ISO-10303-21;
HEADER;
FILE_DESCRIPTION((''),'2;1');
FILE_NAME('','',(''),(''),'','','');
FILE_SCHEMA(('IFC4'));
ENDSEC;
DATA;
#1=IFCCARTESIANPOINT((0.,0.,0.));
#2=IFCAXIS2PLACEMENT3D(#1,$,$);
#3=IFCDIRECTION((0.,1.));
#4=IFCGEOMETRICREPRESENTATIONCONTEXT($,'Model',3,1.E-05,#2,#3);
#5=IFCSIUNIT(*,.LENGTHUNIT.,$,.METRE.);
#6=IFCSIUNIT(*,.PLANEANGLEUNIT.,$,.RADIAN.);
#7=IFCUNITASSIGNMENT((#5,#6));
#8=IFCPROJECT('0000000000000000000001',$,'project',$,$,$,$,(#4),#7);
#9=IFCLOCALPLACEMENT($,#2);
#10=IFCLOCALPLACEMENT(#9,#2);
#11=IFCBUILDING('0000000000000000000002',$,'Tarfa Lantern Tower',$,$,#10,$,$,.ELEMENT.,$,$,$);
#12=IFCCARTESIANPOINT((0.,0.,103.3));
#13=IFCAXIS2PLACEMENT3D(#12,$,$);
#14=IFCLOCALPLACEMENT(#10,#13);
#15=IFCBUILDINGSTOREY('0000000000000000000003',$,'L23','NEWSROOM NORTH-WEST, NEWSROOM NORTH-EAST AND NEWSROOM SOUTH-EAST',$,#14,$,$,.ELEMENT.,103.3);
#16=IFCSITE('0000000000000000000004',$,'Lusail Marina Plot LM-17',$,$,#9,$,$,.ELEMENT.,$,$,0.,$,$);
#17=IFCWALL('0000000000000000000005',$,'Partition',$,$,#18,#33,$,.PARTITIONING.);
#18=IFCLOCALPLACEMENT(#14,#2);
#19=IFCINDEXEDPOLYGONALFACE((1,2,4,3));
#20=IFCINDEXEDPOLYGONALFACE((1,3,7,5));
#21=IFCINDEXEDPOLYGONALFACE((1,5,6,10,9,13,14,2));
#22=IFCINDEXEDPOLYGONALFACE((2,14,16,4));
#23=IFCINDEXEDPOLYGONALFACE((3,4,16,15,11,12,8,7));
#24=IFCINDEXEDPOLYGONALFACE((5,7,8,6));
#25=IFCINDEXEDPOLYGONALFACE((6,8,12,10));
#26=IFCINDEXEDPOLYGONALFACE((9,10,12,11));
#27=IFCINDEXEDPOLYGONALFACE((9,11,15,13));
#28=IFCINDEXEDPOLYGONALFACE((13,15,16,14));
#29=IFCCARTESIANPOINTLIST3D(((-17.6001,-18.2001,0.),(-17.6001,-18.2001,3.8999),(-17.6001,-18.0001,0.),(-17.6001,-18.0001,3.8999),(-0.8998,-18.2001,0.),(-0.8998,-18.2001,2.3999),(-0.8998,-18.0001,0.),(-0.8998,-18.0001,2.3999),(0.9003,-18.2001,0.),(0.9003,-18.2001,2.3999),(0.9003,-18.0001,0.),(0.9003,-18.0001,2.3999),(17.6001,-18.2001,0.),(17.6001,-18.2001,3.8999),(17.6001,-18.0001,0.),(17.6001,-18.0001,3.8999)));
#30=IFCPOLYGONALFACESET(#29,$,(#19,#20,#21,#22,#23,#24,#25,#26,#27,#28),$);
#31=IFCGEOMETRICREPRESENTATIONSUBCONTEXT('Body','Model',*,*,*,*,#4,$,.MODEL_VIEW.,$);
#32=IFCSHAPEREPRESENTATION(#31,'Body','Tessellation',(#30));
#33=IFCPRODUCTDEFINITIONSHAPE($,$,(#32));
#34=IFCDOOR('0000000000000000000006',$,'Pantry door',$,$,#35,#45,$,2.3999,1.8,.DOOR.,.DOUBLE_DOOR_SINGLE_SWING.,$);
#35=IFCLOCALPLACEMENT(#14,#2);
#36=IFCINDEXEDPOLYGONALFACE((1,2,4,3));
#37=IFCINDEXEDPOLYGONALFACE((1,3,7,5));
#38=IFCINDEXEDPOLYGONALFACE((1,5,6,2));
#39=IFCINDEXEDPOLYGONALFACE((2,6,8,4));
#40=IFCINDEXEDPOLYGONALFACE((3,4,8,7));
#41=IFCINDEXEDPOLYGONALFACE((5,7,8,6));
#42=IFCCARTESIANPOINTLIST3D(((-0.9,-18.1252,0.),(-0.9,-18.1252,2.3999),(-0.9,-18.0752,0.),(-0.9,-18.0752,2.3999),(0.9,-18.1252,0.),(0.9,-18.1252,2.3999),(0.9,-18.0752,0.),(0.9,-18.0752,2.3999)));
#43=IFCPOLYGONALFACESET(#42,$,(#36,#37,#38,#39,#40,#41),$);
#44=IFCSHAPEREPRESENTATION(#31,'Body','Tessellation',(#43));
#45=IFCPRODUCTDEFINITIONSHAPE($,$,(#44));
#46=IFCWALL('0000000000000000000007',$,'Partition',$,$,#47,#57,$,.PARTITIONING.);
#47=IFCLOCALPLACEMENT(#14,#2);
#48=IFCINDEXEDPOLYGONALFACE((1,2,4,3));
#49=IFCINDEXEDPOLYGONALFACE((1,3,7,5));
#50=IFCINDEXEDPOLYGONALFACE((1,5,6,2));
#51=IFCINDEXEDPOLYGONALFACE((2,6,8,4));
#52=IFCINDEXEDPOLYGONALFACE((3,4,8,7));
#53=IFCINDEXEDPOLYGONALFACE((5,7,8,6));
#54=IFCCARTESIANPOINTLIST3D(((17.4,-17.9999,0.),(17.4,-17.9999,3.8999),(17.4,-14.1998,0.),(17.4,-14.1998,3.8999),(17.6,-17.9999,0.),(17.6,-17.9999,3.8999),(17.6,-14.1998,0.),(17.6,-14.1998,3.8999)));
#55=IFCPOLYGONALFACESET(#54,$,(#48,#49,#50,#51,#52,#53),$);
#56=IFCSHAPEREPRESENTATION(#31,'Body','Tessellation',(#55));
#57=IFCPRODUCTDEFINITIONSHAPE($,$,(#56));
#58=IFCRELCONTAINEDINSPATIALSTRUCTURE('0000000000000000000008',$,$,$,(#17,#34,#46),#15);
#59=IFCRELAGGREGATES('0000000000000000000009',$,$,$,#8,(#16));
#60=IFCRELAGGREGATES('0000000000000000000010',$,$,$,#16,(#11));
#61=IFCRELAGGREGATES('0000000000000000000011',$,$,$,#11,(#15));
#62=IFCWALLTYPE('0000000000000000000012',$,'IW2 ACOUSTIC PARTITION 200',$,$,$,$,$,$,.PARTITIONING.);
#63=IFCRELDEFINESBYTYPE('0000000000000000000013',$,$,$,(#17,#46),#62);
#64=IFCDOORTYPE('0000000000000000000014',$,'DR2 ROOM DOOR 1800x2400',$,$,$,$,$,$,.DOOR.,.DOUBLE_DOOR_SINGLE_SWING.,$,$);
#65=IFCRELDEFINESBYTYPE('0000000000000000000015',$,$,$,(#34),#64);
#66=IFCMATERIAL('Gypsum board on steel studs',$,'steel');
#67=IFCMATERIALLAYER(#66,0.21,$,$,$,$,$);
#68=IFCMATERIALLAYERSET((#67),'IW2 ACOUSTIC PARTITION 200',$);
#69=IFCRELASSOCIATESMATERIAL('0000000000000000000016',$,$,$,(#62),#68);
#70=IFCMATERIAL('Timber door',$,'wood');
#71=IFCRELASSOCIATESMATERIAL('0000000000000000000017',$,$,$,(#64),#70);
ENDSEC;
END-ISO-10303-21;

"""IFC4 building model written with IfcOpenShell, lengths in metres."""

from ifc_helpers import new_model, si_unit, direction, frame, frame_2d, origin, place, context, subcontext, project, spatial, rectangle, extrude, material, layer, layer_set, type_object, element, fill, save


model = new_model("IFC4")

# Units and contexts
model_context = context("Model", 3, precision=1e-05, world=origin(), true_north=direction((0.0, 1.0)))
body_context = subcontext(model_context, "Body", "Model", "MODEL_VIEW")
ifc_project = project(units=[si_unit("LENGTHUNIT", "METRE"), si_unit("PLANEANGLEUNIT", "RADIAN")], contexts=[model_context])

# Site, building, storey
site_placement = place(None, origin())
site = spatial("IfcSite", under=ifc_project, at=site_placement, Name="Lusail Marina Plot LM-17", CompositionType="ELEMENT", RefElevation=0.0)
building_placement = place(site_placement, origin())
building = spatial("IfcBuilding", under=site, at=building_placement, Name="Tarfa Lantern Tower", CompositionType="ELEMENT")
storey_placement = place(building_placement, frame((0.0, 0.0, 103.3)))
storey = spatial("IfcBuildingStorey", under=building, at=storey_placement, Name="L23", Description="NEWSROOM NORTH-WEST, NEWSROOM NORTH-EAST AND NEWSROOM SOUTH-EAST", CompositionType="ELEMENT", Elevation=103.3)

# Shared definitions
ifc_material_1 = material(Name="Gypsum board on steel studs", Category="steel")
ifc_layer_1 = layer(ifc_material_1, 0.21)
ifc_layer_set_1 = layer_set([ifc_layer_1], Name="IW2 ACOUSTIC PARTITION 200")
wall_type_1 = type_object("IfcWallType", Name="IW2 ACOUSTIC PARTITION 200", PredefinedType="PARTITIONING", material=ifc_layer_set_1)

# Wall, opening, door
wall_1_placement = place(storey_placement, frame((17.6001, -18.1001, 0.0), z_axis=(0.0, 0.0, 1.0), x_axis=(-1.0, 0.0, 0.0)))
wall_1 = element("IfcWall", 1, at=wall_1_placement, inside=storey, type_object=wall_type_1, Name="Partition", PredefinedType="PARTITIONING", context=body_context, shape_type="SweptSolid", body=[
    extrude(rectangle(XDim=35.2002, YDim=0.2, at=frame_2d((17.6001, 0.0))), origin(), (0.0, 0.0, 1.0), 3.8999),
])
opening_1_placement = place(wall_1_placement, frame((16.7, 0.0, 0.0)))
opening_1 = element("IfcOpeningElement", 2, at=opening_1_placement, cuts=wall_1, PredefinedType="OPENING", context=body_context, shape_type="SweptSolid", body=[
    extrude(rectangle(XDim=1.8, YDim=2.3999, at=frame_2d((0.8999, 1.2))), frame((0.0, 0.1099, 0.0), z_axis=(0.0, -1.0, 0.0), x_axis=(1.0, 0.0, 0.0)), (0.0, 0.0, 1.0), 0.22),
])
ifc_material_2 = material(Name="Timber door", Category="wood")
door_type_1 = type_object("IfcDoorType", Name="DR2 ROOM DOOR 1800x2400", OperationType="DOUBLE_DOOR_SINGLE_SWING", PredefinedType="DOOR", material=ifc_material_2)
door_1_placement = place(opening_1_placement, frame((1.8, 0.0, 0.0), z_axis=(0.0, 0.0, 1.0), x_axis=(-1.0, 0.0, 0.0)))
door_1 = element("IfcDoor", 3, at=door_1_placement, inside=storey, type_object=door_type_1, Name="Pantry door", OperationType="DOUBLE_DOOR_SINGLE_SWING", OverallHeight=2.3999, OverallWidth=1.8, PredefinedType="DOOR", context=body_context, shape_type="SweptSolid", body=[
    extrude(rectangle(XDim=1.8, YDim=2.3999, at=frame_2d((0.8999, 1.2))), frame((0.0, 0.0249, 0.0), z_axis=(0.0, -1.0, 0.0), x_axis=(1.0, 0.0, 0.0)), (0.0, 0.0, 1.0), 0.05),
])
fill(opening_1, door_1)

# Wall
wall_2_placement = place(storey_placement, frame((17.5, -14.2, 0.0), z_axis=(0.0, 0.0, 1.0), x_axis=(0.0, -1.0, 0.0)))
element("IfcWall", 4, at=wall_2_placement, inside=storey, type_object=wall_type_1, Name="Partition", PredefinedType="PARTITIONING", context=body_context, shape_type="SweptSolid", body=[
    extrude(rectangle(XDim=3.8, YDim=0.2, at=frame_2d((1.8999, 0.0))), origin(), (0.0, 0.0, 1.0), 3.8999),
])

save(model, "model.ifc")
